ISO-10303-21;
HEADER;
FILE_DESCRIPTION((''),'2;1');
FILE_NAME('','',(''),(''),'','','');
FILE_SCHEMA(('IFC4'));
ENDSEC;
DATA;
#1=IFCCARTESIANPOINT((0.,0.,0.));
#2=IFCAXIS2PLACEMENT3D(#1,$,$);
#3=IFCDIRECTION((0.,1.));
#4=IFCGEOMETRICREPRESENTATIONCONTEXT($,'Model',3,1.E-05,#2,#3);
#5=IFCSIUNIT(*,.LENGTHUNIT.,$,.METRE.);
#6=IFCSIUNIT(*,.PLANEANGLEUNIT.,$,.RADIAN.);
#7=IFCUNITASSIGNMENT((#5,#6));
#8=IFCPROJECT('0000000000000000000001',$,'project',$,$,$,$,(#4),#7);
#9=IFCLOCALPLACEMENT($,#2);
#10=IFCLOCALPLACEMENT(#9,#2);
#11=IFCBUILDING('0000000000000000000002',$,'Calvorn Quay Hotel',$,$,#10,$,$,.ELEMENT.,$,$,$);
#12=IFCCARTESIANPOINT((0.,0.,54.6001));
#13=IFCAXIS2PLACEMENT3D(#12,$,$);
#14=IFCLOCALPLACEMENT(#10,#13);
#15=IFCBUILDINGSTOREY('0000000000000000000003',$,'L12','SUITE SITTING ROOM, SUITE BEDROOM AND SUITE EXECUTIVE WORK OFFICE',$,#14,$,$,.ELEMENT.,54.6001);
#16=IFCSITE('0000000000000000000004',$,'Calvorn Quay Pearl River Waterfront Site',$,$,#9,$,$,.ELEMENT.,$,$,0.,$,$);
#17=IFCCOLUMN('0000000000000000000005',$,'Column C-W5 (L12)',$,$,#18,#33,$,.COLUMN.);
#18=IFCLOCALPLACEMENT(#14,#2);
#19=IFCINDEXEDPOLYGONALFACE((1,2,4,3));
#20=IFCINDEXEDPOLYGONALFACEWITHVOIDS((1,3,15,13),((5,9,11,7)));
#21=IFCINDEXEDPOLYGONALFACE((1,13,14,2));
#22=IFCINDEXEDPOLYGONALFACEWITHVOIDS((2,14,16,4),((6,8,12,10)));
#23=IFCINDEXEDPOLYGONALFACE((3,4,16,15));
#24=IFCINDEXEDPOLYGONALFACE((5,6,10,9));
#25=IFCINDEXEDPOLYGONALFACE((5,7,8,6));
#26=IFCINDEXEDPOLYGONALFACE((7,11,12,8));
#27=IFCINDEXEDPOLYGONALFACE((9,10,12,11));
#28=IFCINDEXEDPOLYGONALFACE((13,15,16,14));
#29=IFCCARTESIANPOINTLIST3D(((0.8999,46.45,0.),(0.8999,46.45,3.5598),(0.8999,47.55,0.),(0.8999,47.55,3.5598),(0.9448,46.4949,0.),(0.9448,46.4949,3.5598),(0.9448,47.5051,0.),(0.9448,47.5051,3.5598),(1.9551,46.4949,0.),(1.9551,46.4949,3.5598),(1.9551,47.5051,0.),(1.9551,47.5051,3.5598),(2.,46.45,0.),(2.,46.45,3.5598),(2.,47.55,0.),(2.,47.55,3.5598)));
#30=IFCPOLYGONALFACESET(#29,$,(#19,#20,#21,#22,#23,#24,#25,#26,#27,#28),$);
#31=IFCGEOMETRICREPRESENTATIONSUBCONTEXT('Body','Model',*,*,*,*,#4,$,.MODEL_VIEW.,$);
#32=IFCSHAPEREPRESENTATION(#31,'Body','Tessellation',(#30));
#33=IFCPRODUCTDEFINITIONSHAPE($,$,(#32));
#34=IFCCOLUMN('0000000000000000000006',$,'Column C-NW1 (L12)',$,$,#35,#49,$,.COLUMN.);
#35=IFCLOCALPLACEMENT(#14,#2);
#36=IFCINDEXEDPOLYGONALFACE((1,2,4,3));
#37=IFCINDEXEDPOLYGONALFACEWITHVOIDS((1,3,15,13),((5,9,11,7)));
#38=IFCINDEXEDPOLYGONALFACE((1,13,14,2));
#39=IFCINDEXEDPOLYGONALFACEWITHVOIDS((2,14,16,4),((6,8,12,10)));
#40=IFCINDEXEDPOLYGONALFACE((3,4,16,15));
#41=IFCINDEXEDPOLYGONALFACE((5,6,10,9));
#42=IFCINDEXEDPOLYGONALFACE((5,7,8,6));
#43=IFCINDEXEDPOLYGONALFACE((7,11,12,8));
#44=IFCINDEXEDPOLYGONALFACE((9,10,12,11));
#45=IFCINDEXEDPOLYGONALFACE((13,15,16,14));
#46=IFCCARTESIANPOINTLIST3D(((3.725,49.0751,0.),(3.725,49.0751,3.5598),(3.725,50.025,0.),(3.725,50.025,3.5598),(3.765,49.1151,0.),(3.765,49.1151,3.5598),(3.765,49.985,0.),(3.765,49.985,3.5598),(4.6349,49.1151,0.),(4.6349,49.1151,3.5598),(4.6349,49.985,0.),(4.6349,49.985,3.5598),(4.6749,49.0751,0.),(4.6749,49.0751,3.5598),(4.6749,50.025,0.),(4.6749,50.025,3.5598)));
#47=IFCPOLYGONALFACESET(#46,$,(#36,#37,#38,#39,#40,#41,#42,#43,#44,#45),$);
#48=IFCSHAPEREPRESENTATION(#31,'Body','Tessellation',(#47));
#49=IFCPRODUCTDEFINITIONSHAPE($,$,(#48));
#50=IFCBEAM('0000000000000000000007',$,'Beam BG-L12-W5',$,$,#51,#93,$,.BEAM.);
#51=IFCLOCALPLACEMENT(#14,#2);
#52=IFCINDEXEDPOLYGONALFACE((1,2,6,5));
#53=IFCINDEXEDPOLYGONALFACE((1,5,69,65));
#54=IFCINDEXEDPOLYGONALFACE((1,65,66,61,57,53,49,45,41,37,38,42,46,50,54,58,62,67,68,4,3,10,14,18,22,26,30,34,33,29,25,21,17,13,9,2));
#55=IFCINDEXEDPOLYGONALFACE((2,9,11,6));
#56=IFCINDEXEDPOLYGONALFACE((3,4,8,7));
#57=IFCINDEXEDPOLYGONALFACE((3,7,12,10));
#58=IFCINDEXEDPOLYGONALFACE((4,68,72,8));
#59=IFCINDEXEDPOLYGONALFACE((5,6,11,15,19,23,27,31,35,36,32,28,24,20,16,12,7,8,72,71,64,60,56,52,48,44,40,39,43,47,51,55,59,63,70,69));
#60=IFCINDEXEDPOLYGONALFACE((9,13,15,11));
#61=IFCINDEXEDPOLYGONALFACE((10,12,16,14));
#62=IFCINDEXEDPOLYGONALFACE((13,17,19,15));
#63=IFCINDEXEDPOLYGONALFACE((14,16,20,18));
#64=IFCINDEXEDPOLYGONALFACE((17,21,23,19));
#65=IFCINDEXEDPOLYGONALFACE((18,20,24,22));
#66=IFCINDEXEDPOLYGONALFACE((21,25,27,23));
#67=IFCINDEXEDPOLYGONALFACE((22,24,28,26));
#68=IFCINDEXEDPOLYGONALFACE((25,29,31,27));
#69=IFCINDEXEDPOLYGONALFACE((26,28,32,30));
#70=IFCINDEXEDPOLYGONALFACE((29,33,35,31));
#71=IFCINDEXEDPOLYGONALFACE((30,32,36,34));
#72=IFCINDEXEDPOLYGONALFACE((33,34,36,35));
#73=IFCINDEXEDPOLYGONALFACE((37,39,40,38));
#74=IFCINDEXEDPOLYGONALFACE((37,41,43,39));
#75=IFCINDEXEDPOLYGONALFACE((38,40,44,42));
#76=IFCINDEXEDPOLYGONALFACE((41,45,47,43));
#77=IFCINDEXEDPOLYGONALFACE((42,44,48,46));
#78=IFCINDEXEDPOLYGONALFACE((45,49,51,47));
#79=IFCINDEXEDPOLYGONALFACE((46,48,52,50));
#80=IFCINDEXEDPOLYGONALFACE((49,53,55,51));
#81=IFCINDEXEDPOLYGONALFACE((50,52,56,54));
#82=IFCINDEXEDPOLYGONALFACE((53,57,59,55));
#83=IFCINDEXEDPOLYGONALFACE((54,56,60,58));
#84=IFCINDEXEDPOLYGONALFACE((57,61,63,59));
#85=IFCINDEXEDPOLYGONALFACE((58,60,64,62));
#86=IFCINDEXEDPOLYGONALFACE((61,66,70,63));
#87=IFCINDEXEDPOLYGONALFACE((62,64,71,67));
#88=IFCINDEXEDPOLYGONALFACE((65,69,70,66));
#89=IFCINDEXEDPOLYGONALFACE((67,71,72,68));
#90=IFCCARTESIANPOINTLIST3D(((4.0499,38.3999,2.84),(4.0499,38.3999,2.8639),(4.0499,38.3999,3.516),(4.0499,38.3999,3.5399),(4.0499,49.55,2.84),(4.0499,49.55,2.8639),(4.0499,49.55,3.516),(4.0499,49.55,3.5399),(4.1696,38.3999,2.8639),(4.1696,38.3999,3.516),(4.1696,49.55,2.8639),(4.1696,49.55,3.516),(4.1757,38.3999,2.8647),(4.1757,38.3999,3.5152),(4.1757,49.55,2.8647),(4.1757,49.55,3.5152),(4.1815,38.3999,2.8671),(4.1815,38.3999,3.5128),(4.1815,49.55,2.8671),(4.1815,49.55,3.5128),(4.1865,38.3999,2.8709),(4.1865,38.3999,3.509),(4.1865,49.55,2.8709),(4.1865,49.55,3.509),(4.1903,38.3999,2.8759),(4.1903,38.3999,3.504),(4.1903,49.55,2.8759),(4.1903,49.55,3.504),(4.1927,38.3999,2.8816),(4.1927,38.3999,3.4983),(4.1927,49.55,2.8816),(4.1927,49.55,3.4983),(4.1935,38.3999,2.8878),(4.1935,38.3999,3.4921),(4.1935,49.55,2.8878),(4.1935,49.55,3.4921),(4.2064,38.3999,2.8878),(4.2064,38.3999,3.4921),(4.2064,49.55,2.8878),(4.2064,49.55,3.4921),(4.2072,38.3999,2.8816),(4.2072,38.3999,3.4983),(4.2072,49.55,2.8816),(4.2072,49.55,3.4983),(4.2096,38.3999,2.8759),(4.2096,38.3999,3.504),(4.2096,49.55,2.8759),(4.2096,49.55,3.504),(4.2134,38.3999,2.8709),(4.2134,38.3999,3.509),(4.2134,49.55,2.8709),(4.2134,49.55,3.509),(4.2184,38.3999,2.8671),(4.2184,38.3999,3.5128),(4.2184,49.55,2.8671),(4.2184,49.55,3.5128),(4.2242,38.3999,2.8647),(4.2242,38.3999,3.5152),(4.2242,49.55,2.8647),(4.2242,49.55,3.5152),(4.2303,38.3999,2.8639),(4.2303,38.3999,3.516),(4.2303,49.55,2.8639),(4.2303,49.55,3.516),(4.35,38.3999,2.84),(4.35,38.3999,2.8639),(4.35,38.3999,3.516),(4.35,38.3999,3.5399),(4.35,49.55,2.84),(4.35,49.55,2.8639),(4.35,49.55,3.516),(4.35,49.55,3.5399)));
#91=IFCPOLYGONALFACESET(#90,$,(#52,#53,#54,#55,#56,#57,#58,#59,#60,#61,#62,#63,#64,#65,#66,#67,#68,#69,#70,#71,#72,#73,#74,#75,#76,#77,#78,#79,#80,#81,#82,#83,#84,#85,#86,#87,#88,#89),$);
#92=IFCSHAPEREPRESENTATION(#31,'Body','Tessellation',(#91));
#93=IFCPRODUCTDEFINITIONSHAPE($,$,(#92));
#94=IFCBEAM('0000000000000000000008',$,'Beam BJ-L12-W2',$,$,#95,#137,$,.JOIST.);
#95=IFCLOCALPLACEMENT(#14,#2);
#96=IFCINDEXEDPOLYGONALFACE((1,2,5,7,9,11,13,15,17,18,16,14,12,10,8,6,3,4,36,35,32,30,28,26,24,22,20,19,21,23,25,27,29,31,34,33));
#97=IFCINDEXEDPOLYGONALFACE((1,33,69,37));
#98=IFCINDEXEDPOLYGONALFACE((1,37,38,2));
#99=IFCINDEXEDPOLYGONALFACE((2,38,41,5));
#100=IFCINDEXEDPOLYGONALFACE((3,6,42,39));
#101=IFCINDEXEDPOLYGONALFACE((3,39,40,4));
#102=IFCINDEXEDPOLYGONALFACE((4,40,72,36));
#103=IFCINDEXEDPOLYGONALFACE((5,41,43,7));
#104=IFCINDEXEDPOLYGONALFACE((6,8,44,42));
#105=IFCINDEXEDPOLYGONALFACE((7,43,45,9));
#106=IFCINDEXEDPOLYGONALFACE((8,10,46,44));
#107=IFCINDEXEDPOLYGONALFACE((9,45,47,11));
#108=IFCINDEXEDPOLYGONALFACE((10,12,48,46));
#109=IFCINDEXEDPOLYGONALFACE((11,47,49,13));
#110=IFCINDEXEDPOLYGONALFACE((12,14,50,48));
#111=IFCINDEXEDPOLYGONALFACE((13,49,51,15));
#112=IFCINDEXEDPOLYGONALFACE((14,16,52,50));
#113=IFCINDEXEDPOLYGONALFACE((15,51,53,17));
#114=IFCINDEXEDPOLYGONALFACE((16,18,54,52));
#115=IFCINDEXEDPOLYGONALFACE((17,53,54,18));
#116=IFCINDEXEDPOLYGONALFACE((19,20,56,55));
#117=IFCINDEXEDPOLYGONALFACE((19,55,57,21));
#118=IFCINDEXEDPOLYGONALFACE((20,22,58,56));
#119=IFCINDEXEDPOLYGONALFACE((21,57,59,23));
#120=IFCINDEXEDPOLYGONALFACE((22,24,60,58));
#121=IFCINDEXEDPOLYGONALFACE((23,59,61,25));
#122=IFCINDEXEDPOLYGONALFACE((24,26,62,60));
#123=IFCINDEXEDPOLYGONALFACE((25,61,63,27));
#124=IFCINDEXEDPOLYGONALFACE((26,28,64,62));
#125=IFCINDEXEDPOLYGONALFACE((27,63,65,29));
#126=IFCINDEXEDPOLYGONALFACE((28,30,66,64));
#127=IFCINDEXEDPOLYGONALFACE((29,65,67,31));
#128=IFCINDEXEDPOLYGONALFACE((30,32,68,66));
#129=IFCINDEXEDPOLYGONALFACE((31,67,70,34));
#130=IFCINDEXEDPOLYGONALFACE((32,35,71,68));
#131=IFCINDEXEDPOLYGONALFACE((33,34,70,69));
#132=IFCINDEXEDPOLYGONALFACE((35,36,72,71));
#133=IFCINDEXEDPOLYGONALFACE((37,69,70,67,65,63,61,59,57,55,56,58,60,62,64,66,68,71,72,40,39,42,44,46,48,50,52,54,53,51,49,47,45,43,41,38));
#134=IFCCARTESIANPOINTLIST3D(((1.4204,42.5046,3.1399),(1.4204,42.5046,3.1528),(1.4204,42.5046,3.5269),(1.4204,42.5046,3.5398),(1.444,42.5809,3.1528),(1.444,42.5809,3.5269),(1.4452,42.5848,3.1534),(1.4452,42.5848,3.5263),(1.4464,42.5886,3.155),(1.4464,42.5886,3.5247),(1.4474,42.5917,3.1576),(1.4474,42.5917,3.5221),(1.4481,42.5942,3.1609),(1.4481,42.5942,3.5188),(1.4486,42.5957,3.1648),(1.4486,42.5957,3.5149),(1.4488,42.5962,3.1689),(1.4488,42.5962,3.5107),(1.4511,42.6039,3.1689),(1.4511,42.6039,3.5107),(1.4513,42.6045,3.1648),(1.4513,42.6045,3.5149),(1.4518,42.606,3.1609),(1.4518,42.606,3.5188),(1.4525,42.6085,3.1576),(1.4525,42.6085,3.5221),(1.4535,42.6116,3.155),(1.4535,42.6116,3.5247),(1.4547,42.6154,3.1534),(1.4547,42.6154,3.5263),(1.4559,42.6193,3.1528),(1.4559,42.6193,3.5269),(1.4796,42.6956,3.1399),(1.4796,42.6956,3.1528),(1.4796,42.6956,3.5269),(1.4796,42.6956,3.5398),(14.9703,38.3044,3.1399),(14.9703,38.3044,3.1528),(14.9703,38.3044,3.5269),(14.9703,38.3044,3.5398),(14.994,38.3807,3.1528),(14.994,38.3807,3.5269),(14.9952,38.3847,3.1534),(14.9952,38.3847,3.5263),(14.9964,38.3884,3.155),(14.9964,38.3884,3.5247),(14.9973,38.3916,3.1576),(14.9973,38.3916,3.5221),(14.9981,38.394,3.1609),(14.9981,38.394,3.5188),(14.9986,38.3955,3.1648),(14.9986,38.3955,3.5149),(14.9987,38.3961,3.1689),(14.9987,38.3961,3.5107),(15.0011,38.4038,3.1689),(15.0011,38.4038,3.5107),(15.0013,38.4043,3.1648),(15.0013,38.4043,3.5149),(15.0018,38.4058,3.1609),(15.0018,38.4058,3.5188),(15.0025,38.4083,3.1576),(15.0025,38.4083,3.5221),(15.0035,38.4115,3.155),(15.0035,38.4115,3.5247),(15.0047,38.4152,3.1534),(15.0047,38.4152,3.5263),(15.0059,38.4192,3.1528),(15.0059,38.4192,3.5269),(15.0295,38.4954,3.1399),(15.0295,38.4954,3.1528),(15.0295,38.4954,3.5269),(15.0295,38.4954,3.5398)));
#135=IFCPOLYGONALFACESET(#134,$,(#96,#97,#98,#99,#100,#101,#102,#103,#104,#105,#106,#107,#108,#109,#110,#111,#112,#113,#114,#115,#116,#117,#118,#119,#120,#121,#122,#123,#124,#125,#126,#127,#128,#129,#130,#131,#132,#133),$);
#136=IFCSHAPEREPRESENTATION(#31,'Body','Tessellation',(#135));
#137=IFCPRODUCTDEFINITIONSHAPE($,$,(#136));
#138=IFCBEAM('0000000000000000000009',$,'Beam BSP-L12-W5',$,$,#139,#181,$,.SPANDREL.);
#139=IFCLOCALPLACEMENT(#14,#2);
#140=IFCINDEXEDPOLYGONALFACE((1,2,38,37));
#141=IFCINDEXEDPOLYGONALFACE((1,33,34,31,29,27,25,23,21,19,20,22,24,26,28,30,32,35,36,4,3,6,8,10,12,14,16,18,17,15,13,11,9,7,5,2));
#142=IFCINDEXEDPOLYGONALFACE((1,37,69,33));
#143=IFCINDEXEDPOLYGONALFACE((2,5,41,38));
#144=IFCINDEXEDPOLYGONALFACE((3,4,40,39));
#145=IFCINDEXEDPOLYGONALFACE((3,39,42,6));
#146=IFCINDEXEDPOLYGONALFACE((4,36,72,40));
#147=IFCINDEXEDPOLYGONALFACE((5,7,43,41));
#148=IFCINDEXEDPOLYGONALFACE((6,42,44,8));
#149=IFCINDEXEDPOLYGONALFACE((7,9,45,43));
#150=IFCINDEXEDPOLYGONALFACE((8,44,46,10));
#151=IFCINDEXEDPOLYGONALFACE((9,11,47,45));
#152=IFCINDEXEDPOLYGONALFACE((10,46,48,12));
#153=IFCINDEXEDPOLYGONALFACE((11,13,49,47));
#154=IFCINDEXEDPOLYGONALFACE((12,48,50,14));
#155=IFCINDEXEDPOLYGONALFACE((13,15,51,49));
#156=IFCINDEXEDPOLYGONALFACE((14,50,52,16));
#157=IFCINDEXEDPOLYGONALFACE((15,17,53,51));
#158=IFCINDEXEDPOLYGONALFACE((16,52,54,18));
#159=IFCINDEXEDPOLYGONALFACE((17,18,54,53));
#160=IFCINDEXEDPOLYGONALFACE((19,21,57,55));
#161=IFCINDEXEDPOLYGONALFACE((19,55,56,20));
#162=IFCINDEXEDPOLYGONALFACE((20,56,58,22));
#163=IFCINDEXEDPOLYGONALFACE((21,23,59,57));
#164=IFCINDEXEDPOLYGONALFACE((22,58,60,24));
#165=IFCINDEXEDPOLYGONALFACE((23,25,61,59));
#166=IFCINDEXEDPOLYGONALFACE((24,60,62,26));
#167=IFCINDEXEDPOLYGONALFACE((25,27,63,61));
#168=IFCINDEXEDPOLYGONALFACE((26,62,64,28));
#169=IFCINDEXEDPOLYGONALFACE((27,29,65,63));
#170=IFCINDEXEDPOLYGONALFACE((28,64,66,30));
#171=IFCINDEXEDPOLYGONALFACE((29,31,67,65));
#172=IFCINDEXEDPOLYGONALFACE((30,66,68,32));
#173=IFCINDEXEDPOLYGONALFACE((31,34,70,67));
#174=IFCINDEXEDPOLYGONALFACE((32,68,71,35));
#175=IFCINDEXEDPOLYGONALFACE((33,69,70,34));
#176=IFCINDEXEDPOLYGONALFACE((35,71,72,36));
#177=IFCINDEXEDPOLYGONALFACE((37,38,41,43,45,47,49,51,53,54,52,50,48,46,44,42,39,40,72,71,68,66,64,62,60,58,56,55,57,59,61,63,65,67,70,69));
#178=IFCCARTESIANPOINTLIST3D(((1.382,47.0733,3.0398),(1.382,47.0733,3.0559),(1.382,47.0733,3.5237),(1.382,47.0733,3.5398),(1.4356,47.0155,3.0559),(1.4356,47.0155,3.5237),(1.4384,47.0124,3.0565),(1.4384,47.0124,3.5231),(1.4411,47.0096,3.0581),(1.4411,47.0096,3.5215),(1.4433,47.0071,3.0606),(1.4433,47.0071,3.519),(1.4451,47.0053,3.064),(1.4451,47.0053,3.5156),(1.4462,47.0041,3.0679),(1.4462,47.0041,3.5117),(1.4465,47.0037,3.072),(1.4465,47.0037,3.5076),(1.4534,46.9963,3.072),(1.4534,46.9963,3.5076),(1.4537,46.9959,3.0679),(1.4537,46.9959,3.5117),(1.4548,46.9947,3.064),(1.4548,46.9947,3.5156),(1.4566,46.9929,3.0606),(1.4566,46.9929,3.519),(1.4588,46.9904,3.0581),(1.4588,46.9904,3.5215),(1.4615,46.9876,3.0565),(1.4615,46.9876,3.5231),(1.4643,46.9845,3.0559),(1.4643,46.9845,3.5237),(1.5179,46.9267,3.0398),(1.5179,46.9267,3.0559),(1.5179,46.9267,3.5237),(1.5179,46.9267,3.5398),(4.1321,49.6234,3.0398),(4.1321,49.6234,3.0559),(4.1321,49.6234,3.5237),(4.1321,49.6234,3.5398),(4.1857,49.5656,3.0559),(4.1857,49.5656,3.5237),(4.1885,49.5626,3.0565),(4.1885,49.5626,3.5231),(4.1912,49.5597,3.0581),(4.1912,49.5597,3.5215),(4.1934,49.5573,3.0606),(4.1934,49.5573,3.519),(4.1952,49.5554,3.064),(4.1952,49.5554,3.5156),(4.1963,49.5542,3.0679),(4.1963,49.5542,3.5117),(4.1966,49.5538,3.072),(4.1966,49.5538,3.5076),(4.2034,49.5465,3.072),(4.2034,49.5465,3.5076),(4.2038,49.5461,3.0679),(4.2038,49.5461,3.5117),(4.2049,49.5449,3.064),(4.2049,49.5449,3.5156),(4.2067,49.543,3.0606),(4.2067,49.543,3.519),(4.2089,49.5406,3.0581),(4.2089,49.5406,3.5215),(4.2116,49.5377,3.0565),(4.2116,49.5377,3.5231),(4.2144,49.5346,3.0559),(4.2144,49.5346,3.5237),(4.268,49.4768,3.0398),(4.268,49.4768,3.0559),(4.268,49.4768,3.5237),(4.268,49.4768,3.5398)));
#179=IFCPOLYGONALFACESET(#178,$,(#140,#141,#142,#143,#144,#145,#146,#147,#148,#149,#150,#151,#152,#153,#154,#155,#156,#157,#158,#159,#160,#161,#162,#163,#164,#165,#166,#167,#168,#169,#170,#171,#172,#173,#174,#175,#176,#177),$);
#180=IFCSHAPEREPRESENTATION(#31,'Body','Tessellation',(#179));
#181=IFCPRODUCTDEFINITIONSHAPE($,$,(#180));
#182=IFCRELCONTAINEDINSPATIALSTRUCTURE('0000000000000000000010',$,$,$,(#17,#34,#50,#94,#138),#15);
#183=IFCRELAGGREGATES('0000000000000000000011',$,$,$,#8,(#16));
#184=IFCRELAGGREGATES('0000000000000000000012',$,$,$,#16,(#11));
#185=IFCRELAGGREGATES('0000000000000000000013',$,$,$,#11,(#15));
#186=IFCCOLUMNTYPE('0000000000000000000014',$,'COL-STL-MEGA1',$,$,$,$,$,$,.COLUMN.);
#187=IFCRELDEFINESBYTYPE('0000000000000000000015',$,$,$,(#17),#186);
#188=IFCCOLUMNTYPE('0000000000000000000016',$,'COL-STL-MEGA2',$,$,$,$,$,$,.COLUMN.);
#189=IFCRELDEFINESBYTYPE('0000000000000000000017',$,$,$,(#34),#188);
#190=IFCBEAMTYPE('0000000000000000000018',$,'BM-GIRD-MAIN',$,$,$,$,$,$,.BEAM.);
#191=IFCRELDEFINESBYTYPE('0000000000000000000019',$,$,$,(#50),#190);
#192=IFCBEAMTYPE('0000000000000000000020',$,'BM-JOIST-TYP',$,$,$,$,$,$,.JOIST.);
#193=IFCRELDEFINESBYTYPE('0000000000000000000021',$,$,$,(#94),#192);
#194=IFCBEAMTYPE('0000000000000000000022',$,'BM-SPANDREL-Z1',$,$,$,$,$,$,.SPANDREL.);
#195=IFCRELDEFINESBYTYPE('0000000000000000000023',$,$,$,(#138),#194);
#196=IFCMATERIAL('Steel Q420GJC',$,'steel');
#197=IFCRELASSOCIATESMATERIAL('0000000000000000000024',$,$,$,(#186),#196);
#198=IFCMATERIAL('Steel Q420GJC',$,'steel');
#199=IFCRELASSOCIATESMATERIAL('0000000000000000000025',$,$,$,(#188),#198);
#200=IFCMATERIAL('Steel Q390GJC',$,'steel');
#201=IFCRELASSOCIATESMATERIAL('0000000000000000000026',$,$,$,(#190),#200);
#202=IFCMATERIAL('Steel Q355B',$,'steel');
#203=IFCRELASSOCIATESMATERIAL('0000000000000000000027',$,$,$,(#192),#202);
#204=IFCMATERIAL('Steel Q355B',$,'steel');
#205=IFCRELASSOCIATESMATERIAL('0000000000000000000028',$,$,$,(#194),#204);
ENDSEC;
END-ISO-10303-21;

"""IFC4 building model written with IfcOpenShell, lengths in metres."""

from ifc_helpers import new_model, si_unit, direction, frame, origin, origin_2d, place, context, subcontext, project, spatial, hollow_rectangle, i_section, extrude, material, material_profile, profile_set, type_object, element, save


model = new_model("IFC4")

# Units and contexts
model_context = context("Model", 3, precision=1e-05, world=origin(), true_north=direction((0.0, 1.0)))
body_context = subcontext(model_context, "Body", "Model", "MODEL_VIEW")
ifc_project = project(units=[si_unit("LENGTHUNIT", "METRE"), si_unit("PLANEANGLEUNIT", "RADIAN")], contexts=[model_context])

# Site, building, storey
site_placement = place(None, origin())
site = spatial("IfcSite", under=ifc_project, at=site_placement, Name="Calvorn Quay Pearl River Waterfront Site", CompositionType="ELEMENT", RefElevation=0.0)
building_placement = place(site_placement, origin())
building = spatial("IfcBuilding", under=site, at=building_placement, Name="Calvorn Quay Hotel", CompositionType="ELEMENT")
storey_placement = place(building_placement, frame((0.0, 0.0, 54.6001)))
storey = spatial("IfcBuildingStorey", under=building, at=storey_placement, Name="L12", Description="SUITE SITTING ROOM, SUITE BEDROOM AND SUITE EXECUTIVE WORK OFFICE", CompositionType="ELEMENT", Elevation=54.6001)

# Columns
ifc_material_1 = material(Name="Steel Q420GJC", Category="steel")
ifc_material_profile_1 = material_profile(ifc_material_1, hollow_rectangle(XDim=1.1001, YDim=1.1001, WallThickness=0.0449, at=origin_2d()), Name="BOX1100x1100x45")
ifc_profile_set_1 = profile_set([ifc_material_profile_1], Name="Steel Q420GJC")
column_type_1 = type_object("IfcColumnType", Name="COL-STL-MEGA1", PredefinedType="COLUMN", material=ifc_profile_set_1)
column_1_placement = place(storey_placement, frame((1.45, 47.0, 0.0), z_axis=(0.0, 0.0, 1.0), x_axis=(1.0, 0.0, 0.0)))
element("IfcColumn", 1, at=column_1_placement, inside=storey, type_object=column_type_1, Name="Column C-W5 (L12)", PredefinedType="COLUMN", context=body_context, shape_type="SweptSolid", body=[
    extrude(hollow_rectangle(XDim=1.1001, YDim=1.1001, WallThickness=0.0449, at=origin_2d()), origin(), (0.0, 0.0, 1.0), 3.5598),
])
ifc_material_2 = material(Name="Steel Q420GJC", Category="steel")
ifc_material_profile_2 = material_profile(ifc_material_2, hollow_rectangle(XDim=0.95, YDim=0.95, WallThickness=0.04, at=origin_2d()), Name="BOX950x950x40")
ifc_profile_set_2 = profile_set([ifc_material_profile_2], Name="Steel Q420GJC")
column_type_2 = type_object("IfcColumnType", Name="COL-STL-MEGA2", PredefinedType="COLUMN", material=ifc_profile_set_2)
column_2_placement = place(storey_placement, frame((4.2, 49.55, 0.0), z_axis=(0.0, 0.0, 1.0), x_axis=(1.0, 0.0, 0.0)))
element("IfcColumn", 2, at=column_2_placement, inside=storey, type_object=column_type_2, Name="Column C-NW1 (L12)", PredefinedType="COLUMN", context=body_context, shape_type="SweptSolid", body=[
    extrude(hollow_rectangle(XDim=0.95, YDim=0.95, WallThickness=0.04, at=origin_2d()), origin(), (0.0, 0.0, 1.0), 3.5598),
])

# Beams
ifc_material_3 = material(Name="Steel Q390GJC", Category="steel")
ifc_material_profile_3 = material_profile(ifc_material_3, i_section(OverallWidth=0.3, OverallDepth=0.7, WebThickness=0.0129, FlangeThickness=0.0239, FilletRadius=0.0239, at=origin_2d()), Name="HN700x300x13x24")
ifc_profile_set_3 = profile_set([ifc_material_profile_3], Name="Steel Q390GJC")
beam_type_1 = type_object("IfcBeamType", Name="BM-GIRD-MAIN", PredefinedType="BEAM", material=ifc_profile_set_3)
beam_1_placement = place(storey_placement, frame((4.2, 49.55, 3.1899), z_axis=(0.0, -1.0, 0.0), x_axis=(1.0, 0.0, 0.0)))
element("IfcBeam", 3, at=beam_1_placement, inside=storey, type_object=beam_type_1, Name="Beam BG-L12-W5", PredefinedType="BEAM", context=body_context, shape_type="SweptSolid", body=[
    extrude(i_section(OverallWidth=0.3, OverallDepth=0.7, WebThickness=0.0129, FlangeThickness=0.0239, FilletRadius=0.0239, at=origin_2d()), origin(), (0.0, 0.0, 1.0), 11.1501),
])
ifc_material_4 = material(Name="Steel Q355B", Category="steel")
ifc_material_profile_4 = material_profile(ifc_material_4, i_section(OverallWidth=0.2, OverallDepth=0.3999, WebThickness=0.0081, FlangeThickness=0.0129, FilletRadius=0.0161, at=origin_2d()), Name="HN400x200x8x13")
ifc_profile_set_4 = profile_set([ifc_material_profile_4], Name="Steel Q355B")
beam_type_2 = type_object("IfcBeamType", Name="BM-JOIST-TYP", PredefinedType="JOIST", material=ifc_profile_set_4)
beam_2_placement = place(storey_placement, frame((1.45, 42.6001, 3.3398), z_axis=(0.955164, -0.296078, 0.0), x_axis=(0.296078, 0.955164, 0.0)))
element("IfcBeam", 4, at=beam_2_placement, inside=storey, type_object=beam_type_2, Name="Beam BJ-L12-W2", PredefinedType="JOIST", context=body_context, shape_type="SweptSolid", body=[
    extrude(i_section(OverallWidth=0.2, OverallDepth=0.3999, WebThickness=0.0081, FlangeThickness=0.0129, FilletRadius=0.0161, at=origin_2d()), origin(), (0.0, 0.0, 1.0), 14.186),
])
ifc_material_5 = material(Name="Steel Q355B", Category="steel")
ifc_material_profile_5 = material_profile(ifc_material_5, i_section(OverallWidth=0.2, OverallDepth=0.5, WebThickness=0.01, FlangeThickness=0.0161, FilletRadius=0.0161, at=origin_2d()), Name="HN500x200x10x16")
ifc_profile_set_5 = profile_set([ifc_material_profile_5], Name="Steel Q355B")
beam_type_3 = type_object("IfcBeamType", Name="BM-SPANDREL-Z1", PredefinedType="SPANDREL", material=ifc_profile_set_5)
beam_3_placement = place(storey_placement, frame((1.45, 47.0, 3.2898), z_axis=(0.733262, 0.679947, 0.0), x_axis=(-0.679947, 0.733262, 0.0)))
element("IfcBeam", 5, at=beam_3_placement, inside=storey, type_object=beam_type_3, Name="Beam BSP-L12-W5", PredefinedType="SPANDREL", context=body_context, shape_type="SweptSolid", body=[
    extrude(i_section(OverallWidth=0.2, OverallDepth=0.5, WebThickness=0.01, FlangeThickness=0.0161, FilletRadius=0.0161, at=origin_2d()), origin(), (0.0, 0.0, 1.0), 3.7505),
])

save(model, "model.ifc")
